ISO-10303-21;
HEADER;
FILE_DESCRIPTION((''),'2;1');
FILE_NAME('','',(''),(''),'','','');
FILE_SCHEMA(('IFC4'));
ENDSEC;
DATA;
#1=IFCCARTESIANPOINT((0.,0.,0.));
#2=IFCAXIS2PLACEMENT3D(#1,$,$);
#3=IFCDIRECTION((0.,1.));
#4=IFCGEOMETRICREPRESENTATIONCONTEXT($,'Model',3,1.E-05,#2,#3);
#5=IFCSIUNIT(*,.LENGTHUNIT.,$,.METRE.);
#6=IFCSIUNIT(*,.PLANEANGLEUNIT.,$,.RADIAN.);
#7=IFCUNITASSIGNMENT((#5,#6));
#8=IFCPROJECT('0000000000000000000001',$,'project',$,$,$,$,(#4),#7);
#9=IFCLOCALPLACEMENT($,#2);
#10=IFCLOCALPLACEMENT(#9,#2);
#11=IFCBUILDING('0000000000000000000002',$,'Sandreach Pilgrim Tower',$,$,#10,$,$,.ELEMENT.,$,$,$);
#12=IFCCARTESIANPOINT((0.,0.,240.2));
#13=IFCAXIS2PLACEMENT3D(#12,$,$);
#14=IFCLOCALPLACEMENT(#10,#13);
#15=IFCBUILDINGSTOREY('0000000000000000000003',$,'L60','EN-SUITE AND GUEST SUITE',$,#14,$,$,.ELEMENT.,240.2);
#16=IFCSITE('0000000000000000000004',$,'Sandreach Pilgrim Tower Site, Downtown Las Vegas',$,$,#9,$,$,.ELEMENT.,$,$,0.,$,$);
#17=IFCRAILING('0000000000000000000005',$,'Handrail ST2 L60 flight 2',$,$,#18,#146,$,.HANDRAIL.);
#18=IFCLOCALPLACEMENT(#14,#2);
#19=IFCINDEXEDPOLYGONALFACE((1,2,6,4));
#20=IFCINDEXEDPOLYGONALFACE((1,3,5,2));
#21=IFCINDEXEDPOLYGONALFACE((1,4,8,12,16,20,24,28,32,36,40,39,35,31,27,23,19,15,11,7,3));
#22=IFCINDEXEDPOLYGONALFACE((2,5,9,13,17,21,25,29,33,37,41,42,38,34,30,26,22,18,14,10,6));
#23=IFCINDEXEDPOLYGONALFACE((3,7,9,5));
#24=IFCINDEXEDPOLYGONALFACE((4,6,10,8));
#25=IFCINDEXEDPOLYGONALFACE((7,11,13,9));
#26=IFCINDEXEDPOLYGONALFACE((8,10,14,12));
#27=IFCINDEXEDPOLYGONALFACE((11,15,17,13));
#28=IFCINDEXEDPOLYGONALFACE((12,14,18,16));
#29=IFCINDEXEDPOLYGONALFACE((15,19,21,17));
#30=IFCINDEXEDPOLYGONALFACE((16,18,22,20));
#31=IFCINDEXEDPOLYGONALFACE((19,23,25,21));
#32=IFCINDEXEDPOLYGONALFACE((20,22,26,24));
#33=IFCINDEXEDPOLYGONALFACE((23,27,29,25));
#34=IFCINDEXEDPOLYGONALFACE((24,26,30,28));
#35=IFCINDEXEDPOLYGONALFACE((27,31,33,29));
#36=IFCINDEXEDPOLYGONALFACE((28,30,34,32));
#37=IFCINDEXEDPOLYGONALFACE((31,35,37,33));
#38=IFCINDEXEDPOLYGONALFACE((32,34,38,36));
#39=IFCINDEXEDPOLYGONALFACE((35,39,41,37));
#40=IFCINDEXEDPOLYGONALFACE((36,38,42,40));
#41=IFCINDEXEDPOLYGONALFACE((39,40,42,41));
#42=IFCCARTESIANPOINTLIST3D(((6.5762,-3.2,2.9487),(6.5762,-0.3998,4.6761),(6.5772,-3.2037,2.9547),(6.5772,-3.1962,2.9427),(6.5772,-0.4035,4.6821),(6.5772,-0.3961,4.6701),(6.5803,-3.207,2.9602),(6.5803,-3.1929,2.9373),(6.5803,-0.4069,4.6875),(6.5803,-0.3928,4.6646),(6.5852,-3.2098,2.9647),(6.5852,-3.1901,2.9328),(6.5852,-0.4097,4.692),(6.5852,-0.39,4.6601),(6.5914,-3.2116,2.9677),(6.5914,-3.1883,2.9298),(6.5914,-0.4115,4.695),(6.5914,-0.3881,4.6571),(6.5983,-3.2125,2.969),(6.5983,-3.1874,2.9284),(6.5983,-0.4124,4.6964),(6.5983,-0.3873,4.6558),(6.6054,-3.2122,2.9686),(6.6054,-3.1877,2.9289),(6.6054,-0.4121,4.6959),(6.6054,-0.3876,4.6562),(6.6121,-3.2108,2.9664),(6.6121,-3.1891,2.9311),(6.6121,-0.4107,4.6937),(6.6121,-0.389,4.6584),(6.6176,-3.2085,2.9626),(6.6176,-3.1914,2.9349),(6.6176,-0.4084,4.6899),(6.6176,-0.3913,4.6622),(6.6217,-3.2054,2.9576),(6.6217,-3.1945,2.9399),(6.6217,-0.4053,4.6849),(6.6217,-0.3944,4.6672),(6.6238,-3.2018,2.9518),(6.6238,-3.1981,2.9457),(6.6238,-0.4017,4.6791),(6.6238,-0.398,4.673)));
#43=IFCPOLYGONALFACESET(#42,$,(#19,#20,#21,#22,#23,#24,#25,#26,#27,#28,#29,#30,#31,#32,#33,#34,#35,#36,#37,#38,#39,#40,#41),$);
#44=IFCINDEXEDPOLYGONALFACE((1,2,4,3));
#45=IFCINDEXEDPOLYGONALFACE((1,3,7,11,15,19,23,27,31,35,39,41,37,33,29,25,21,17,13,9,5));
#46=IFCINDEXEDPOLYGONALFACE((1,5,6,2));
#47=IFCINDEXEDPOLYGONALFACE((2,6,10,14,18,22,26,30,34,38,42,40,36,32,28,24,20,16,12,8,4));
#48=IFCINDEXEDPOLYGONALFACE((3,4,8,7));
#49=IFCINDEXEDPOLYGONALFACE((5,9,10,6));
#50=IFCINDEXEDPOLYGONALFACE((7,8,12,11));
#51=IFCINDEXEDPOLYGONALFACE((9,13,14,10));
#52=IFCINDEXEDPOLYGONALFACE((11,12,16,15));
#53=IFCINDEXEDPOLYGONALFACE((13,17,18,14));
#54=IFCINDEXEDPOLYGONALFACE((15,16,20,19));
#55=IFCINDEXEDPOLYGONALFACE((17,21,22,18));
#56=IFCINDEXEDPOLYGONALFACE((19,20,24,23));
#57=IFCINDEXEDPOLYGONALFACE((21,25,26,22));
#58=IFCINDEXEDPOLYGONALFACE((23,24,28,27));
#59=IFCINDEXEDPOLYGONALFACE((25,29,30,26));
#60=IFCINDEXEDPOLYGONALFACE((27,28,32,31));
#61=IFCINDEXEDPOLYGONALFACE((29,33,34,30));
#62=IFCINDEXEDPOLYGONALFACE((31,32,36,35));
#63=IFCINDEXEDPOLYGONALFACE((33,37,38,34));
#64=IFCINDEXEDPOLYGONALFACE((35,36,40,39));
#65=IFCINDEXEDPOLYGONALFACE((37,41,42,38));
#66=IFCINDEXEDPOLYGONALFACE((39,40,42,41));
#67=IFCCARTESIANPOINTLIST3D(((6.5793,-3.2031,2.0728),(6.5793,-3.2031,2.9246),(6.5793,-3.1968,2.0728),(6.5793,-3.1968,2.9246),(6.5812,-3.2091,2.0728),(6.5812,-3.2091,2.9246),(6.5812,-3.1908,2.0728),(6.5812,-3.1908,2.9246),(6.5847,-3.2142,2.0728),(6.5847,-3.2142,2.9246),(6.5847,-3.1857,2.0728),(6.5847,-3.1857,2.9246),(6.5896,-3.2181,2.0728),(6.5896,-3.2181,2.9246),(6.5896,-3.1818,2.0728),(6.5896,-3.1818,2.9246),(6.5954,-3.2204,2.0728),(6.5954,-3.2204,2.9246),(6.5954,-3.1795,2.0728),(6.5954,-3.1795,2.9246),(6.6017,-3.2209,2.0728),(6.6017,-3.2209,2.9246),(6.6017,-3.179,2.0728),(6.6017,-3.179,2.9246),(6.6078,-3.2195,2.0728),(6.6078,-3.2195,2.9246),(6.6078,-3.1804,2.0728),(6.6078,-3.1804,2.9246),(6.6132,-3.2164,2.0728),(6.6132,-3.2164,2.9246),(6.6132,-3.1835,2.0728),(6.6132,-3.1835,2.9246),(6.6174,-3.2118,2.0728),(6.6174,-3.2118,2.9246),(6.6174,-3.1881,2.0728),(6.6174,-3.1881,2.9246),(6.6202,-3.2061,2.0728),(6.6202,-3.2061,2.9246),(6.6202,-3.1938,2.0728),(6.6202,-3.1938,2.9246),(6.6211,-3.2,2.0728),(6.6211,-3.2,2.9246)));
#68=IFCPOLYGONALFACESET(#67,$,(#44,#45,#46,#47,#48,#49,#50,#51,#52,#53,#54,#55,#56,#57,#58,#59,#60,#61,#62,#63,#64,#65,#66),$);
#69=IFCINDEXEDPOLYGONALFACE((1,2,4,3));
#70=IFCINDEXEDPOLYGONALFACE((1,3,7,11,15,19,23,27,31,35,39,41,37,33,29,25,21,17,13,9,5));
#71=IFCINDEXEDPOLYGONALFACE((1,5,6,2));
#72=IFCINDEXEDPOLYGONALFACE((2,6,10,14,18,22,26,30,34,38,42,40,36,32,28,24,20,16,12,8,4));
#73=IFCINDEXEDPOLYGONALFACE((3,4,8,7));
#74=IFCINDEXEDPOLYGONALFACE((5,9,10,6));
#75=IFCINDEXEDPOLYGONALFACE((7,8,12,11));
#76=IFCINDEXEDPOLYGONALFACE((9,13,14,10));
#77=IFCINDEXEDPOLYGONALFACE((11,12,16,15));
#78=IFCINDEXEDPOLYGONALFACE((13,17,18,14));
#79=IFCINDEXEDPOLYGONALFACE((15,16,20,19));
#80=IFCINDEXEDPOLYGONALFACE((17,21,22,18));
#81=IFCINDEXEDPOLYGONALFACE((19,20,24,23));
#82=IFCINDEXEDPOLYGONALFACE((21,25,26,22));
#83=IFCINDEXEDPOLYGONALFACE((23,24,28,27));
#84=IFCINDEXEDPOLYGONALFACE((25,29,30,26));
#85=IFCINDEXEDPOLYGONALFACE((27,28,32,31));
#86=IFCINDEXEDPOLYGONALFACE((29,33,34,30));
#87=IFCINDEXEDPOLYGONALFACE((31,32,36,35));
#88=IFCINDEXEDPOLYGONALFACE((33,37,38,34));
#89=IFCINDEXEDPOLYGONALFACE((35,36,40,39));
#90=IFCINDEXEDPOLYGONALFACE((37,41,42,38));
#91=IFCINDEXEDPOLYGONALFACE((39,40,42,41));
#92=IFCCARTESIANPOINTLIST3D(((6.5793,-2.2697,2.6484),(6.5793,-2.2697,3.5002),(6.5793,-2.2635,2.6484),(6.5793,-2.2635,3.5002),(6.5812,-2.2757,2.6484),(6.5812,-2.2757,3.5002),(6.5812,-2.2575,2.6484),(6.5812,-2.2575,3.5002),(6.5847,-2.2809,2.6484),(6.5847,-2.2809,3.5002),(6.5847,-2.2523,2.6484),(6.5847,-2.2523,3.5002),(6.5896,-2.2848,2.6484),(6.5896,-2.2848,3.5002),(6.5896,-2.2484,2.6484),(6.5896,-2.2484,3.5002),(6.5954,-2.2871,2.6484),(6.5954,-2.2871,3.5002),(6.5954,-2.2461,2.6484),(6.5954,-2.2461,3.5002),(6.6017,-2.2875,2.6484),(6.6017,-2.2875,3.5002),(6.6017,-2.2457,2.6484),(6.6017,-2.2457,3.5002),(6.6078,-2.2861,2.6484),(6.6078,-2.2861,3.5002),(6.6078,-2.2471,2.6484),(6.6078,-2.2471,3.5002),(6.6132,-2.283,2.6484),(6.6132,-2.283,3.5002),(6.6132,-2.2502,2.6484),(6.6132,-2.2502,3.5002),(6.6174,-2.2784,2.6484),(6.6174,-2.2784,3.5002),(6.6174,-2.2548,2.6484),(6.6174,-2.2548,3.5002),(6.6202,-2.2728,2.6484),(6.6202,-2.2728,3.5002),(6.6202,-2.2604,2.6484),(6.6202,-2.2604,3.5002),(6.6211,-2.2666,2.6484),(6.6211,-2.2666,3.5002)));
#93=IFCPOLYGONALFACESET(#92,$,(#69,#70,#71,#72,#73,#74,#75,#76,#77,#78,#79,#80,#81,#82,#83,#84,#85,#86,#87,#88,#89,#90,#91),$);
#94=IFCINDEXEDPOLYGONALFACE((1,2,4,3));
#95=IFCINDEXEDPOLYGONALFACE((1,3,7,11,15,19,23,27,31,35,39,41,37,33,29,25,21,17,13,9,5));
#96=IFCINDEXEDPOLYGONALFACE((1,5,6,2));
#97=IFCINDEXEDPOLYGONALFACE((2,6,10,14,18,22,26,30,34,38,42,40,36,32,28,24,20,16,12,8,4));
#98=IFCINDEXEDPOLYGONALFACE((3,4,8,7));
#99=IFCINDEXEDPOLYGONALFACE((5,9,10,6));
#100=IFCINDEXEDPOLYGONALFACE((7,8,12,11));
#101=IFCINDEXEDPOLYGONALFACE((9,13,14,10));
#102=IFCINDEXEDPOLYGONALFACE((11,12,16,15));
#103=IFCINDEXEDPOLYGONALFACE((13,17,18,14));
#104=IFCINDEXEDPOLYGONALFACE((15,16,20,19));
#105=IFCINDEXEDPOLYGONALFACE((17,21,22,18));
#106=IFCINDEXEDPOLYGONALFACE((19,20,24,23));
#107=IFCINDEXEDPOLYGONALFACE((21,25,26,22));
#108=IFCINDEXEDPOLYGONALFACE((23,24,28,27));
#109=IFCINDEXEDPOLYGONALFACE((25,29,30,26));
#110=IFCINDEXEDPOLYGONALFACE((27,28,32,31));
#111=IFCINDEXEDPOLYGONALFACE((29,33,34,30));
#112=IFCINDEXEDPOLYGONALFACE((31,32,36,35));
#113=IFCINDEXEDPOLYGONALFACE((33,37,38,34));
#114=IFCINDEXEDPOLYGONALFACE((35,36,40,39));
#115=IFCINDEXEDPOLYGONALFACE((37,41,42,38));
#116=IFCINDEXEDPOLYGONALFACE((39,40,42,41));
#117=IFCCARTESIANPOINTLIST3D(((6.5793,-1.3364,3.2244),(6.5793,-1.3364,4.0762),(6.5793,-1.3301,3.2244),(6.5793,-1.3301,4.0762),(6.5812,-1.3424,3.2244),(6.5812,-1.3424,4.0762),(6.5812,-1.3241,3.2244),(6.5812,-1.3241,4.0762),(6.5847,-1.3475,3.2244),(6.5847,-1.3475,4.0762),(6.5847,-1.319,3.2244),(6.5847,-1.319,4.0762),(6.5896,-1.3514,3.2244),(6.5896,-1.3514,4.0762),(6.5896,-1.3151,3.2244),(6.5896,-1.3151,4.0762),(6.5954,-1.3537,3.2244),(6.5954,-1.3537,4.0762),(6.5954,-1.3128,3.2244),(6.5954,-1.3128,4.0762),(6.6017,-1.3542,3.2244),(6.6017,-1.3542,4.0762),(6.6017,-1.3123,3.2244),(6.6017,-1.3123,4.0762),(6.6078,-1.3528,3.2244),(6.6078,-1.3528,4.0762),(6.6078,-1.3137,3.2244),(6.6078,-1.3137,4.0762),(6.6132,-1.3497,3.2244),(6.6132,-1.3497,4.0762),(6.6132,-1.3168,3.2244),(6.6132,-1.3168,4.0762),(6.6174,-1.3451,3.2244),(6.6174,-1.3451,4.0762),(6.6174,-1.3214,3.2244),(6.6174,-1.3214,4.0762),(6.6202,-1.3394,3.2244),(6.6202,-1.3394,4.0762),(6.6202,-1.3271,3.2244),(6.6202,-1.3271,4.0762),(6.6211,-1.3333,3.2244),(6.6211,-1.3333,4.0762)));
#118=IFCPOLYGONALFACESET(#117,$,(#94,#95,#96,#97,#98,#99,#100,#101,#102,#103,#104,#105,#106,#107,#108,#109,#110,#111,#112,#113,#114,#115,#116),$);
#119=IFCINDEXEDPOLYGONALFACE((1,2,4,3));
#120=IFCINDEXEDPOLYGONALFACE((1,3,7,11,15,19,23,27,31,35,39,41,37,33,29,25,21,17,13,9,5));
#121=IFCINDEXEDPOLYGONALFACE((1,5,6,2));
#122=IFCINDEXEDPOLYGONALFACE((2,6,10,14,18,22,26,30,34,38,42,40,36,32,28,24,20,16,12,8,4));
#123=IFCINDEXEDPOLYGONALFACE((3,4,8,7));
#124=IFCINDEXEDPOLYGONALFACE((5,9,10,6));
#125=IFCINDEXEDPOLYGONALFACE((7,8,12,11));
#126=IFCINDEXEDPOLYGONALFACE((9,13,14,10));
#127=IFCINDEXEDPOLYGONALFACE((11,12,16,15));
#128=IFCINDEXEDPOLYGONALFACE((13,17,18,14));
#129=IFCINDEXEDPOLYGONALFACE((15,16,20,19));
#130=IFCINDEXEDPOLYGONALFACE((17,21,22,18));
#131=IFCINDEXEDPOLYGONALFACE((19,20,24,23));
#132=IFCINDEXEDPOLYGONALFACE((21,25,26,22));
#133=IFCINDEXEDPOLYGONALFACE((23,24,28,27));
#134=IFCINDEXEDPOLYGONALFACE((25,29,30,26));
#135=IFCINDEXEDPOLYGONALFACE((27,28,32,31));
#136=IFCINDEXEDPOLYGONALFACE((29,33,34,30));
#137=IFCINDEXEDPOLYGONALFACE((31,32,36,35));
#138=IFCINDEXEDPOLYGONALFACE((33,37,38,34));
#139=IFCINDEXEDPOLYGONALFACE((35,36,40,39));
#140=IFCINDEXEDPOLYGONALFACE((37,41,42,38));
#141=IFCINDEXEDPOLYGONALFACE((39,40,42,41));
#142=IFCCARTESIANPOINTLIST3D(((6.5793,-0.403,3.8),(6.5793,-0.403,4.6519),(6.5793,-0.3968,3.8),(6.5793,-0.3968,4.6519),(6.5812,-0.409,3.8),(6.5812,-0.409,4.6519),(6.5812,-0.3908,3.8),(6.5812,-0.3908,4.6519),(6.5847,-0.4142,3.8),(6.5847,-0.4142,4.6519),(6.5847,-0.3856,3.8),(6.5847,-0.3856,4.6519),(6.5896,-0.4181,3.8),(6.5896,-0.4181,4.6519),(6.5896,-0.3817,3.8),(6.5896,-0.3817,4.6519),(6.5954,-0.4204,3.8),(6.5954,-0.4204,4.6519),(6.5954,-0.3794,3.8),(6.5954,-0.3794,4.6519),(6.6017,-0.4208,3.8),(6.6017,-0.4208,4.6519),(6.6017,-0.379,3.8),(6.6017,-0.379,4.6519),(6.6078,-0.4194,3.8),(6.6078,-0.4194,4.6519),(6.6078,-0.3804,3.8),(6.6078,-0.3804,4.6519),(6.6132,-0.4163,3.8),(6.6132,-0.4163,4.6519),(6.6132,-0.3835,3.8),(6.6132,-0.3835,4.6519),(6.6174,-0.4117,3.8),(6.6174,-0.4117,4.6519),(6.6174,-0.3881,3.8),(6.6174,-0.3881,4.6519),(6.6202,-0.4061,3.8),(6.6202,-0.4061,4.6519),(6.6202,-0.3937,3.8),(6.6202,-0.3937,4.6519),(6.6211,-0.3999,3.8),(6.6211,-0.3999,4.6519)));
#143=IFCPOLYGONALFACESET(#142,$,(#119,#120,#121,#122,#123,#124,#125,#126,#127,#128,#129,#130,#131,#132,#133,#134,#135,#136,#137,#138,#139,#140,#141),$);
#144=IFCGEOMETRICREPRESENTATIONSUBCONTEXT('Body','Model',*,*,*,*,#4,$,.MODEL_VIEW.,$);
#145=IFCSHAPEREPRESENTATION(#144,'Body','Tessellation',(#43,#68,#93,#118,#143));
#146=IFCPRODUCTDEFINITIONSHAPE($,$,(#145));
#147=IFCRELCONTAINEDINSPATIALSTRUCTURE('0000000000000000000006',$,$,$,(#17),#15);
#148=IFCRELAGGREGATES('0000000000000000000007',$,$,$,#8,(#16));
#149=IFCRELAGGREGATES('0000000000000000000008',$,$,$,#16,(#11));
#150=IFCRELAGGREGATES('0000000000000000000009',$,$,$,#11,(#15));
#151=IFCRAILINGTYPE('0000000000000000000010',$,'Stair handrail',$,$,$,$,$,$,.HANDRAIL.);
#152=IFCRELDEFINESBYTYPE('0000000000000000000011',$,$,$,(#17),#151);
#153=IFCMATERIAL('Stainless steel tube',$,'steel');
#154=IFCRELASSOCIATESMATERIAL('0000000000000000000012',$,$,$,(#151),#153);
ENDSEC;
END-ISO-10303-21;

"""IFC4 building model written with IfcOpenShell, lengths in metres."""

from ifc_helpers import new_model, si_unit, direction, frame, origin, origin_2d, place, context, subcontext, project, spatial, circle, extrude, material, type_object, element, save


model = new_model("IFC4")

# Units and contexts
model_context = context("Model", 3, precision=1e-05, world=origin(), true_north=direction((0.0, 1.0)))
body_context = subcontext(model_context, "Body", "Model", "MODEL_VIEW")
ifc_project = project(units=[si_unit("LENGTHUNIT", "METRE"), si_unit("PLANEANGLEUNIT", "RADIAN")], contexts=[model_context])

# Site, building, storey
site_placement = place(None, origin())
site = spatial("IfcSite", under=ifc_project, at=site_placement, Name="Sandreach Pilgrim Tower Site, Downtown Las Vegas", CompositionType="ELEMENT", RefElevation=0.0)
building_placement = place(site_placement, origin())
building = spatial("IfcBuilding", under=site, at=building_placement, Name="Sandreach Pilgrim Tower", CompositionType="ELEMENT")
storey_placement = place(building_placement, frame((0.0, 0.0, 240.2)))
storey = spatial("IfcBuildingStorey", under=building, at=storey_placement, Name="L60", Description="EN-SUITE AND GUEST SUITE", CompositionType="ELEMENT", Elevation=240.2)

# Railing
ifc_material_1 = material(Name="Stainless steel tube", Category="steel")
railing_type = type_object("IfcRailingType", Name="Stair handrail", PredefinedType="HANDRAIL", material=ifc_material_1)
for number, where, name in (
    (1, (6.6001, -3.2, 2.0728), "Handrail ST2 L60 flight 2"),
):
    element("IfcRailing", number, at=place(storey_placement, frame(where)), inside=storey, type_object=railing_type, Name=name, PredefinedType="HANDRAIL", context=body_context, shape_type="SweptSolid", body=[
        extrude(circle(Radius=0.0239, at=origin_2d()), frame((0.0, 0.0, 0.876), z_axis=(0.0, 0.85109, 0.52502), x_axis=(-1.0, 0.0, 0.0)), (0.0, 0.0, 1.0), 3.29),
        extrude(circle(Radius=0.021, at=origin_2d()), origin(), (0.0, 0.0, 1.0), 0.8518),
        extrude(circle(Radius=0.021, at=origin_2d()), frame((0.0, 0.9333, 0.5757)), (0.0, 0.0, 1.0), 0.8518),
        extrude(circle(Radius=0.021, at=origin_2d()), frame((0.0, 1.8667, 1.1516)), (0.0, 0.0, 1.0), 0.8518),
        extrude(circle(Radius=0.021, at=origin_2d()), frame((0.0, 2.8, 1.7273)), (0.0, 0.0, 1.0), 0.8518),
    ])

save(model, "model.ifc")
